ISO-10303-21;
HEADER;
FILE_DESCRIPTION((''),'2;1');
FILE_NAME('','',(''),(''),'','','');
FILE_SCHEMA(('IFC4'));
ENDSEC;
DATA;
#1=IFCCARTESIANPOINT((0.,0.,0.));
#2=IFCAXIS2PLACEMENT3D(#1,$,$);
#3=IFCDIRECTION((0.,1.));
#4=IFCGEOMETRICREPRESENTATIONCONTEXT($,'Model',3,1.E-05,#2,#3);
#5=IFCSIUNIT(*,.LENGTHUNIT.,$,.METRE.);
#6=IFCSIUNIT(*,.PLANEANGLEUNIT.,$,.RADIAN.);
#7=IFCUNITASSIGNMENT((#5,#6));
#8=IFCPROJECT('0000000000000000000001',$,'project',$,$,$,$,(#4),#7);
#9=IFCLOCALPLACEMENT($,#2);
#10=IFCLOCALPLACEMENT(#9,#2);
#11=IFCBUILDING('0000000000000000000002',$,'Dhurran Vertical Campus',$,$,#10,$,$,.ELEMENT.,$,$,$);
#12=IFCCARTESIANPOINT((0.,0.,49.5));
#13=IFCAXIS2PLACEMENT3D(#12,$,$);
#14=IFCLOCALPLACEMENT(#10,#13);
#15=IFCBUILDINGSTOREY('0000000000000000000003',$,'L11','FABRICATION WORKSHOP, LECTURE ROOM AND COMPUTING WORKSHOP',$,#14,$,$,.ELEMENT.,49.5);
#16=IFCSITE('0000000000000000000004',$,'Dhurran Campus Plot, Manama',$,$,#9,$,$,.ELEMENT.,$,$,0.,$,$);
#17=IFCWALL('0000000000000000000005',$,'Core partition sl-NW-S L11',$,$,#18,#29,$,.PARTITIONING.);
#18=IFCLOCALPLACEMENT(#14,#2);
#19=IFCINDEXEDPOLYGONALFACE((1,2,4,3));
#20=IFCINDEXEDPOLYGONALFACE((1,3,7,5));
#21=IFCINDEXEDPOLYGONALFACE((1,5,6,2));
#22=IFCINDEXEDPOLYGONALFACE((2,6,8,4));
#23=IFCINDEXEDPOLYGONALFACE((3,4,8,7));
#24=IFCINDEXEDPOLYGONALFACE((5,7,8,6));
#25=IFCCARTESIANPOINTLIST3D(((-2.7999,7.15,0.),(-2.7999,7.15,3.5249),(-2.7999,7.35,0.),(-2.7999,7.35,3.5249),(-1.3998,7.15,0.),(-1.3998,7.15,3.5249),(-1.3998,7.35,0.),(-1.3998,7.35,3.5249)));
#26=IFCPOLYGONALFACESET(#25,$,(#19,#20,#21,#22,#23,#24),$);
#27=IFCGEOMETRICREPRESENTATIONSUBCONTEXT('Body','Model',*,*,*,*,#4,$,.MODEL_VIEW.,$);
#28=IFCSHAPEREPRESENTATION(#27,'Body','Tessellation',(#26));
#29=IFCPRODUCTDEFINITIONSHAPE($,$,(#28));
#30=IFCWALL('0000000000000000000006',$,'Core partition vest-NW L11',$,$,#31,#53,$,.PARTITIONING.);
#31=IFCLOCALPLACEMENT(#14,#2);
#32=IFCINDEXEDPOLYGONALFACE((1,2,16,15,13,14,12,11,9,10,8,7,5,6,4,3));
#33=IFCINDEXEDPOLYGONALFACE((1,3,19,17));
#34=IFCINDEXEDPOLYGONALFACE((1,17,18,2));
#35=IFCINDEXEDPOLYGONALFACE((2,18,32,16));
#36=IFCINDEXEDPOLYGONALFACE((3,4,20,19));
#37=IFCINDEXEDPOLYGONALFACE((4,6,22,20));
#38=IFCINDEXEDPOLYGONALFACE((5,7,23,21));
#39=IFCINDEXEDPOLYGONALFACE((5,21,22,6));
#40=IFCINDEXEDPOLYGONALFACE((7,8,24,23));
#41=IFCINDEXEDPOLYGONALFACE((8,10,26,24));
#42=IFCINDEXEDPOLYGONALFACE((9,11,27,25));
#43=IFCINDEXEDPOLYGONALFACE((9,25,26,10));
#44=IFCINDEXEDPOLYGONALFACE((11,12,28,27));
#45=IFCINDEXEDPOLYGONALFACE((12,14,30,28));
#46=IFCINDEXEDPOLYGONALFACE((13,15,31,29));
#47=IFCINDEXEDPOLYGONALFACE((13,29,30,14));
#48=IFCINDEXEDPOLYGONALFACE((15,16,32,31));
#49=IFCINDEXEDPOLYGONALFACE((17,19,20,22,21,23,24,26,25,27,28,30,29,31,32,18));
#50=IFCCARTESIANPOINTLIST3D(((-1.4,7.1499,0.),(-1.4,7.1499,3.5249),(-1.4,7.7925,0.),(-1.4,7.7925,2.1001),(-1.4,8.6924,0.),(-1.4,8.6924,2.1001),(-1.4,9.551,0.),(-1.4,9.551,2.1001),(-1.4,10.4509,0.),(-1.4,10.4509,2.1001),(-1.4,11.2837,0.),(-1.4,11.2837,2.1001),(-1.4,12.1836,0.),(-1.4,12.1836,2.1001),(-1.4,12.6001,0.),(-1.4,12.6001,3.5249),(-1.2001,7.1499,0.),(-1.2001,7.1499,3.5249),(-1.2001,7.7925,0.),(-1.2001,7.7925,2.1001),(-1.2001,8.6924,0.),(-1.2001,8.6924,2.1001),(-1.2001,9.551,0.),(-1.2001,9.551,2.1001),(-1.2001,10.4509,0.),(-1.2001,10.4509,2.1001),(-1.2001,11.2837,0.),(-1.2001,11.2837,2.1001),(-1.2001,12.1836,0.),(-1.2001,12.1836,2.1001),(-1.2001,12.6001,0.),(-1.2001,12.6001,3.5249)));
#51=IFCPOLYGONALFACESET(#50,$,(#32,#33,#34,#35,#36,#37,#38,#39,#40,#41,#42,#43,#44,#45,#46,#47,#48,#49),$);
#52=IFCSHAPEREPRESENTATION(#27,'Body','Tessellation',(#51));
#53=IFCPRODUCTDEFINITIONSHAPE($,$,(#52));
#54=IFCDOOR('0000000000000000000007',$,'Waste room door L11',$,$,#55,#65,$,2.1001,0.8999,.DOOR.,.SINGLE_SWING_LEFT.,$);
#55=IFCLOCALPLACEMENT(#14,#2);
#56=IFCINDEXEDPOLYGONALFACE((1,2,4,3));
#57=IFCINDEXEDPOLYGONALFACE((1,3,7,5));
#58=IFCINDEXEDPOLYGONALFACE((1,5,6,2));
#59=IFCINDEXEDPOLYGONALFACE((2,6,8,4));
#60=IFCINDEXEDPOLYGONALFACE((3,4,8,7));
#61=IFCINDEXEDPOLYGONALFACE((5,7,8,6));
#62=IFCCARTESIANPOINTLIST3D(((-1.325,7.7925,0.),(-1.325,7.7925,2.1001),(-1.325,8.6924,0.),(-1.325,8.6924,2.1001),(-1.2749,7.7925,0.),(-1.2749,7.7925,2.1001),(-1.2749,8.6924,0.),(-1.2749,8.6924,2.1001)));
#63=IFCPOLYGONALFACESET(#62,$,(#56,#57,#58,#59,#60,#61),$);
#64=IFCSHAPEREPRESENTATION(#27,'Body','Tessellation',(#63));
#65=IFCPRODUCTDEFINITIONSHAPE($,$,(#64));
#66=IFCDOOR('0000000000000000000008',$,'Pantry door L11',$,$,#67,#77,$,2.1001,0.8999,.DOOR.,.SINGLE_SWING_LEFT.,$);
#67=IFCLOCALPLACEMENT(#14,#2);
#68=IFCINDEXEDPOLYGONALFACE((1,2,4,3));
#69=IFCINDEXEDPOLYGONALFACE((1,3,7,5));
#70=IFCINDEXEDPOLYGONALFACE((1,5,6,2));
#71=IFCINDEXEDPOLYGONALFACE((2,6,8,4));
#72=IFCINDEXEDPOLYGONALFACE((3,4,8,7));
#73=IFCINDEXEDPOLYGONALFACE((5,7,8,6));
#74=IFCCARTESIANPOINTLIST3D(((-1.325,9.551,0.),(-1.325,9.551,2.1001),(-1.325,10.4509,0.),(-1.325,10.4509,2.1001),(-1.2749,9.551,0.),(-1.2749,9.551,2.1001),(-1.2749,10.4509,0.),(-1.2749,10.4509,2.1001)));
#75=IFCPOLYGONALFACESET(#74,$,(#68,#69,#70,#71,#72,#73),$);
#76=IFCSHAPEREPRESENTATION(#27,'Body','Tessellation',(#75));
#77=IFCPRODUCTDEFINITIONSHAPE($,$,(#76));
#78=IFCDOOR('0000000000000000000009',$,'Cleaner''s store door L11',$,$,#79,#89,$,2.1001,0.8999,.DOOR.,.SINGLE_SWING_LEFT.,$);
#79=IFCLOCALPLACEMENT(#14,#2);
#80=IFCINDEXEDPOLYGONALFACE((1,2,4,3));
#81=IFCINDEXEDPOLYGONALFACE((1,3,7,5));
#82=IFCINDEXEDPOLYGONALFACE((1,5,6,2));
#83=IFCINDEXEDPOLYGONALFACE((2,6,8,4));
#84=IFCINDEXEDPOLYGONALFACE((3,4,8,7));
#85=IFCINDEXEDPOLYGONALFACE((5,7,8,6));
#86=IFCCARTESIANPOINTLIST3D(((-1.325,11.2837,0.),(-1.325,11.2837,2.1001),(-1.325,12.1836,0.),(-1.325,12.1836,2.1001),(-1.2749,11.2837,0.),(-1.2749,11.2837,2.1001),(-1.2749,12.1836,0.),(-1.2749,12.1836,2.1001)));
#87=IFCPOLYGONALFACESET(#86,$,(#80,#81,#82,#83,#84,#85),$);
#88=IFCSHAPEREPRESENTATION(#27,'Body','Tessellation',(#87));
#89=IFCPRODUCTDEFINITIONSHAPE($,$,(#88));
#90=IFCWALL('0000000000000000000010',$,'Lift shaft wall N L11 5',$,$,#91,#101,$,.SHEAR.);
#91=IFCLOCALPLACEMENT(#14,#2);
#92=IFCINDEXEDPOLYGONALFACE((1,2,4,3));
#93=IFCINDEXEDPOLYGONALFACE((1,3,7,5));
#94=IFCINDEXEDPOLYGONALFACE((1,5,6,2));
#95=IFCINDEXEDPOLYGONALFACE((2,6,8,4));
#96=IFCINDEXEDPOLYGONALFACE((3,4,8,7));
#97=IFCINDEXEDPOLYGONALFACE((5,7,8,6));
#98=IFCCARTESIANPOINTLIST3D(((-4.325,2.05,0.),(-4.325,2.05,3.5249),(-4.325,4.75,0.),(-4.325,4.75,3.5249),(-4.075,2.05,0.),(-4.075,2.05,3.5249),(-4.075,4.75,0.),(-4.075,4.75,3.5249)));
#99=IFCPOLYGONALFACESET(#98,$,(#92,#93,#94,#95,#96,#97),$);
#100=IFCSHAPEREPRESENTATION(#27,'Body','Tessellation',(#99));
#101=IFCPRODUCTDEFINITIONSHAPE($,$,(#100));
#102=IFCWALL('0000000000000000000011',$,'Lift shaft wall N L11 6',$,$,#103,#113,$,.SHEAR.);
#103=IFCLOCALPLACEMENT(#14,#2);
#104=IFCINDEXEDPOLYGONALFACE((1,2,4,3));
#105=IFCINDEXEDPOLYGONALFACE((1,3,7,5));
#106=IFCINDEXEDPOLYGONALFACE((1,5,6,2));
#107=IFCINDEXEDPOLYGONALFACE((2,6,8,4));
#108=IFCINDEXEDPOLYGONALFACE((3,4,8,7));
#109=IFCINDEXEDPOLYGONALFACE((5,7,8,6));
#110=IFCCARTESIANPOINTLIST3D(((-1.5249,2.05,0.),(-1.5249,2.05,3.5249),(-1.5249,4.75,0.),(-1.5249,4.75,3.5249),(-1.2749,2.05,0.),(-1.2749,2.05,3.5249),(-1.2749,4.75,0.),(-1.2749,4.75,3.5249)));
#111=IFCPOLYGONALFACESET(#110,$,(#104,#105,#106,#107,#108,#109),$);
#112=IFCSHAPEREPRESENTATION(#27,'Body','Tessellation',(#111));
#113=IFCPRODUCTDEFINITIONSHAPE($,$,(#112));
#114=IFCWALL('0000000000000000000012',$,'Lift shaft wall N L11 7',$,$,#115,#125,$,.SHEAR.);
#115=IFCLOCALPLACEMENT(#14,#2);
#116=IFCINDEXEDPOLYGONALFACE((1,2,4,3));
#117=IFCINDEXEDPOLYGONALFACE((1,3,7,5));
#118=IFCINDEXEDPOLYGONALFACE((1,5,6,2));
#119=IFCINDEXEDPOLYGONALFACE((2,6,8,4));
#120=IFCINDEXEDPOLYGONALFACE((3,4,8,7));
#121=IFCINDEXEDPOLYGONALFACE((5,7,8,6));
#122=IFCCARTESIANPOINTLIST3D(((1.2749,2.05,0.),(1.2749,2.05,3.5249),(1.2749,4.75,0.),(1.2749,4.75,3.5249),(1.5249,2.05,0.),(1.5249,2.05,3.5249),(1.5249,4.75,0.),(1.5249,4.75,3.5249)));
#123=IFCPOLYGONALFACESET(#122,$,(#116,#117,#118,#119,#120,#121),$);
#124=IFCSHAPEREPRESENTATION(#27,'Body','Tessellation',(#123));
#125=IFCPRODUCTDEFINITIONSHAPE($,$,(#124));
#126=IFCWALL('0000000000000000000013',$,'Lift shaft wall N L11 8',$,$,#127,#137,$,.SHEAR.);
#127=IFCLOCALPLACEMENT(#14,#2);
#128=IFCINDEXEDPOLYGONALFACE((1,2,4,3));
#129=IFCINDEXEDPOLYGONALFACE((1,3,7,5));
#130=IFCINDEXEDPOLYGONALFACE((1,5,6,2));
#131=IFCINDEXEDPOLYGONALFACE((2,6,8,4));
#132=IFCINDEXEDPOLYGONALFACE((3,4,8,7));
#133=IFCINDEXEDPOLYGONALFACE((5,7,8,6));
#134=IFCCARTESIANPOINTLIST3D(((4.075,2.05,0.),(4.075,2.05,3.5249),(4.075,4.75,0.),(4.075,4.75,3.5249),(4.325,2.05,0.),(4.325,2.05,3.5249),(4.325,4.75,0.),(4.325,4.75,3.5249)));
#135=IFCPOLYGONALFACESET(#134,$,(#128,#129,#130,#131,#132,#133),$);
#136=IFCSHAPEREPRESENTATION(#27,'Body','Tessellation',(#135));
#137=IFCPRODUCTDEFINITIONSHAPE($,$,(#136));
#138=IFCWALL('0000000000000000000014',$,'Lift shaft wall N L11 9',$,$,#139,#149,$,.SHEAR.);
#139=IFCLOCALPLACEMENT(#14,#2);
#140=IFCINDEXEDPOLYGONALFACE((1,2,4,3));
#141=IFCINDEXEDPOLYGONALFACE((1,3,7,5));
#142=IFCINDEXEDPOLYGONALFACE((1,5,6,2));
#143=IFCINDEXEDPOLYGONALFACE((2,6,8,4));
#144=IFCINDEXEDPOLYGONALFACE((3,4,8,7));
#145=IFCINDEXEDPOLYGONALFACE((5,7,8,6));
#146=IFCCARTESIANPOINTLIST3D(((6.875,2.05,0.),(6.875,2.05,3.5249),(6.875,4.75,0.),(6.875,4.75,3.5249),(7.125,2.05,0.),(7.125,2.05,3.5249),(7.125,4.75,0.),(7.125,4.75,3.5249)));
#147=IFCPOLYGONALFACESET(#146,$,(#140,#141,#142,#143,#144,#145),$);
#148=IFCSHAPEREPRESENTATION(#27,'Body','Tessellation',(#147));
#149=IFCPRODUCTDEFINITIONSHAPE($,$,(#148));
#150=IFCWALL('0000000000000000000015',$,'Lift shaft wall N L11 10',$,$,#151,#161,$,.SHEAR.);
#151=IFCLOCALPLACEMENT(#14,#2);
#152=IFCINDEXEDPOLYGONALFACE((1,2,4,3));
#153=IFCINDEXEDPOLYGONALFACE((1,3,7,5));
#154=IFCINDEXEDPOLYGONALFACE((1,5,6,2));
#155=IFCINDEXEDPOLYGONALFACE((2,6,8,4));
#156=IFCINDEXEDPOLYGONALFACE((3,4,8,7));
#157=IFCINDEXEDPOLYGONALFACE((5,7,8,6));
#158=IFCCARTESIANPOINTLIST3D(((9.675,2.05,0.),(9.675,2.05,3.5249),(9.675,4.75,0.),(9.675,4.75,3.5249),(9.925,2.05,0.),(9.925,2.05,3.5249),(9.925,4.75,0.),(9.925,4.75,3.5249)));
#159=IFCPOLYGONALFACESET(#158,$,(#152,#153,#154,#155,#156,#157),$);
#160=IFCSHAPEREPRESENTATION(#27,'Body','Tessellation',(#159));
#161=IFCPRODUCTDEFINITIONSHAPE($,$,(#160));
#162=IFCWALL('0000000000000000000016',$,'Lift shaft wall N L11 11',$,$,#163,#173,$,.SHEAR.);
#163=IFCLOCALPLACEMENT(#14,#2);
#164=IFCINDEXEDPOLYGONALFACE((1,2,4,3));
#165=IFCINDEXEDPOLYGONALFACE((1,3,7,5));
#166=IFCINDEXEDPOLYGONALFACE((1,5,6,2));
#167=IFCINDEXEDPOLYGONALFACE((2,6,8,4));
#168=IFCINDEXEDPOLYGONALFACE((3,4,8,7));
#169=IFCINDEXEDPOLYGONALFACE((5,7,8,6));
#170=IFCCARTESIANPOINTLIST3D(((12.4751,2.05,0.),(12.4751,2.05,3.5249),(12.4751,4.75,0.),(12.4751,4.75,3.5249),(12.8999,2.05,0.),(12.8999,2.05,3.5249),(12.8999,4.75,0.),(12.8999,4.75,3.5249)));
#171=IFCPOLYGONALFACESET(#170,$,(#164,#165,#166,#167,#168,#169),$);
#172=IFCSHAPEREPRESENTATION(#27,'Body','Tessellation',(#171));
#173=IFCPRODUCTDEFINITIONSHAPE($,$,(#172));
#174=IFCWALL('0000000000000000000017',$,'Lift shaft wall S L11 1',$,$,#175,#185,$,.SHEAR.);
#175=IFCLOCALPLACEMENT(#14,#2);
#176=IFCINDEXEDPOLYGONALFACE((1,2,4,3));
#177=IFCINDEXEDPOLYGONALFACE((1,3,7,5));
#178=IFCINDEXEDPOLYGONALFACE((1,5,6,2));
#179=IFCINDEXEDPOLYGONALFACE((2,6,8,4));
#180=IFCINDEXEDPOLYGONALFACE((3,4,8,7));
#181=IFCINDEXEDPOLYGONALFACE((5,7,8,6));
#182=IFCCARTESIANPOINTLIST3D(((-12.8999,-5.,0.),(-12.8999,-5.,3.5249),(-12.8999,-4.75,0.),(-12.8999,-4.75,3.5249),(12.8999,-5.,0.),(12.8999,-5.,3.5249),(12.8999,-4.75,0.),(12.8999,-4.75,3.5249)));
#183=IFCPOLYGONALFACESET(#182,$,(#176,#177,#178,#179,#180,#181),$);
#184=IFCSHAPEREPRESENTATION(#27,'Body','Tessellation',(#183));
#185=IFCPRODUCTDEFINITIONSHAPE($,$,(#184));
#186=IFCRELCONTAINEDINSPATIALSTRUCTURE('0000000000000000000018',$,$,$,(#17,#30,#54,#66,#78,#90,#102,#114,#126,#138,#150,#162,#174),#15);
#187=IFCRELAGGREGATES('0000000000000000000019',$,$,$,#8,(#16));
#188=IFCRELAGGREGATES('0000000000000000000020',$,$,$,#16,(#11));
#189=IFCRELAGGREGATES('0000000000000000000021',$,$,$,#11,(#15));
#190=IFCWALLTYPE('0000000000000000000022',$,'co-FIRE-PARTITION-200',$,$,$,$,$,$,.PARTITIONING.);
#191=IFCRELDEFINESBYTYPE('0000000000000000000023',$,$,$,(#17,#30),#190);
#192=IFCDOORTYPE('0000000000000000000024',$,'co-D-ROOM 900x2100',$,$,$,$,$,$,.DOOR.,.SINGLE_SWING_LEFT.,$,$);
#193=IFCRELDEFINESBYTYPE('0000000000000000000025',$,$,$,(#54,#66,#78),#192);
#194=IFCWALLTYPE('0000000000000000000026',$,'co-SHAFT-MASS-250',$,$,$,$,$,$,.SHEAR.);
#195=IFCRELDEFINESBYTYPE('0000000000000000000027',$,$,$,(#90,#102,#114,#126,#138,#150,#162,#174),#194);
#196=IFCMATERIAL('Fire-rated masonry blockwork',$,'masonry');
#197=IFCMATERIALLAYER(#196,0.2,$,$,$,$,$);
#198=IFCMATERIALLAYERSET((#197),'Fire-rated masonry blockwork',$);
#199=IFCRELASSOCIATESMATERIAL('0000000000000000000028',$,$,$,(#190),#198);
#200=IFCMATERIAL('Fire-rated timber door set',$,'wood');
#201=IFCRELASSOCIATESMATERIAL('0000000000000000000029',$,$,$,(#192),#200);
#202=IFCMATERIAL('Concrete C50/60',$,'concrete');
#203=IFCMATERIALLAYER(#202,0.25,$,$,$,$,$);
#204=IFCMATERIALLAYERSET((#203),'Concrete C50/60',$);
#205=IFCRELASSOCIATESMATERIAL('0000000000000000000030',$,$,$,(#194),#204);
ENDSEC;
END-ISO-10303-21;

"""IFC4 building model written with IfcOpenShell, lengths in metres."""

from ifc_helpers import new_model, si_unit, direction, frame, frame_2d, origin, place, context, subcontext, project, spatial, polyline, rectangle, outline, extrude, material, layer, layer_set, type_object, element, fill, save


model = new_model("IFC4")

# Units and contexts
model_context = context("Model", 3, precision=1e-05, world=origin(), true_north=direction((0.0, 1.0)))
body_context = subcontext(model_context, "Body", "Model", "MODEL_VIEW")
ifc_project = project(units=[si_unit("LENGTHUNIT", "METRE"), si_unit("PLANEANGLEUNIT", "RADIAN")], contexts=[model_context])

# Site, building, storey
site_placement = place(None, origin())
site = spatial("IfcSite", under=ifc_project, at=site_placement, Name="Dhurran Campus Plot, Manama", CompositionType="ELEMENT", RefElevation=0.0)
building_placement = place(site_placement, origin())
building = spatial("IfcBuilding", under=site, at=building_placement, Name="Dhurran Vertical Campus", CompositionType="ELEMENT")
storey_placement = place(building_placement, frame((0.0, 0.0, 49.5)))
storey = spatial("IfcBuildingStorey", under=building, at=storey_placement, Name="L11", Description="FABRICATION WORKSHOP, LECTURE ROOM AND COMPUTING WORKSHOP", CompositionType="ELEMENT", Elevation=49.5)

# Wall
ifc_material_1 = material(Name="Fire-rated masonry blockwork", Category="masonry")
ifc_layer_1 = layer(ifc_material_1, 0.2)
ifc_layer_set_1 = layer_set([ifc_layer_1], Name="Fire-rated masonry blockwork")
wall_type_1 = type_object("IfcWallType", Name="co-FIRE-PARTITION-200", PredefinedType="PARTITIONING", material=ifc_layer_set_1)
wall_1_placement = place(storey_placement, frame((-2.8, 7.25, 0.0), z_axis=(0.0, 0.0, 1.0), x_axis=(1.0, 0.0, 0.0)))
element("IfcWall", 1, at=wall_1_placement, inside=storey, type_object=wall_type_1, Name="Core partition sl-NW-S L11", PredefinedType="PARTITIONING", context=body_context, shape_type="SweptSolid", body=[
    extrude(rectangle(XDim=1.4001, YDim=0.2, at=frame_2d((0.7002, 0.0))), origin(), (0.0, 0.0, 1.0), 3.5249),
])

# Wall, openings, doors
wall_2_placement = place(storey_placement, frame((-1.3, 7.1499, 0.0), z_axis=(0.0, 0.0, 1.0), x_axis=(0.0, 1.0, 0.0)))
wall_2 = element("IfcWall", 2, at=wall_2_placement, inside=storey, type_object=wall_type_1, Name="Core partition vest-NW L11", PredefinedType="PARTITIONING", context=body_context, shape_type="SweptSolid", body=[
    extrude(rectangle(XDim=5.4502, YDim=0.2, at=frame_2d((2.7251, 0.0))), origin(), (0.0, 0.0, 1.0), 3.5249),
])
opening_1_placement = place(wall_2_placement, frame((0.6426, 0.0, 0.0)))
opening_1 = element("IfcOpeningElement", 3, at=opening_1_placement, cuts=wall_2, PredefinedType="OPENING", context=body_context, shape_type="SweptSolid", body=[
    extrude(rectangle(XDim=0.8999, YDim=2.1001, at=frame_2d((0.45, 1.05))), frame((0.0, 0.1099, 0.0), z_axis=(0.0, -1.0, 0.0), x_axis=(1.0, 0.0, 0.0)), (0.0, 0.0, 1.0), 0.22),
])
opening_2_placement = place(wall_2_placement, frame((2.4011, 0.0, 0.0)))
opening_2 = element("IfcOpeningElement", 4, at=opening_2_placement, cuts=wall_2, PredefinedType="OPENING", context=body_context, shape_type="SweptSolid", body=[
    extrude(rectangle(XDim=0.8999, YDim=2.1001, at=frame_2d((0.45, 1.05))), frame((0.0, 0.1099, 0.0), z_axis=(0.0, -1.0, 0.0), x_axis=(1.0, 0.0, 0.0)), (0.0, 0.0, 1.0), 0.22),
])
opening_3_placement = place(wall_2_placement, frame((4.1338, 0.0, 0.0)))
opening_3 = element("IfcOpeningElement", 5, at=opening_3_placement, cuts=wall_2, PredefinedType="OPENING", context=body_context, shape_type="SweptSolid", body=[
    extrude(rectangle(XDim=0.8999, YDim=2.1001, at=frame_2d((0.45, 1.05))), frame((0.0, 0.1099, 0.0), z_axis=(0.0, -1.0, 0.0), x_axis=(1.0, 0.0, 0.0)), (0.0, 0.0, 1.0), 0.22),
])
ifc_material_2 = material(Name="Fire-rated timber door set", Category="wood")
door_type_1 = type_object("IfcDoorType", Name="co-D-ROOM 900x2100", OperationType="SINGLE_SWING_LEFT", PredefinedType="DOOR", material=ifc_material_2)
door_1_placement = place(opening_1_placement, origin())
door_1 = element("IfcDoor", 6, at=door_1_placement, inside=storey, type_object=door_type_1, Name="Waste room door L11", OperationType="SINGLE_SWING_LEFT", OverallHeight=2.1001, OverallWidth=0.8999, PredefinedType="DOOR", context=body_context, shape_type="SweptSolid", body=[
    extrude(rectangle(XDim=0.8999, YDim=2.1001, at=frame_2d((0.45, 1.05))), frame((0.0, 0.0249, 0.0), z_axis=(0.0, -1.0, 0.0), x_axis=(1.0, 0.0, 0.0)), (0.0, 0.0, 1.0), 0.05),
])
fill(opening_1, door_1)
door_2_placement = place(opening_2_placement, origin())
door_2 = element("IfcDoor", 7, at=door_2_placement, inside=storey, type_object=door_type_1, Name="Pantry door L11", OperationType="SINGLE_SWING_LEFT", OverallHeight=2.1001, OverallWidth=0.8999, PredefinedType="DOOR", context=body_context, shape_type="SweptSolid", body=[
    extrude(rectangle(XDim=0.8999, YDim=2.1001, at=frame_2d((0.45, 1.05))), frame((0.0, 0.0249, 0.0), z_axis=(0.0, -1.0, 0.0), x_axis=(1.0, 0.0, 0.0)), (0.0, 0.0, 1.0), 0.05),
])
fill(opening_2, door_2)
door_3_placement = place(opening_3_placement, origin())
door_3 = element("IfcDoor", 8, at=door_3_placement, inside=storey, type_object=door_type_1, Name="Cleaner's store door L11", OperationType="SINGLE_SWING_LEFT", OverallHeight=2.1001, OverallWidth=0.8999, PredefinedType="DOOR", context=body_context, shape_type="SweptSolid", body=[
    extrude(rectangle(XDim=0.8999, YDim=2.1001, at=frame_2d((0.45, 1.05))), frame((0.0, 0.0249, 0.0), z_axis=(0.0, -1.0, 0.0), x_axis=(1.0, 0.0, 0.0)), (0.0, 0.0, 1.0), 0.05),
])
fill(opening_3, door_3)

# Walls
ifc_material_3 = material(Name="Concrete C50/60", Category="concrete")
ifc_layer_2 = layer(ifc_material_3, 0.25)
ifc_layer_set_2 = layer_set([ifc_layer_2], Name="Concrete C50/60")
wall_type_2 = type_object("IfcWallType", Name="co-SHAFT-MASS-250", PredefinedType="SHEAR", material=ifc_layer_set_2)
wall_3_placement = place(storey_placement, origin())
element("IfcWall", 9, at=wall_3_placement, inside=storey, type_object=wall_type_2, Name="Lift shaft wall N L11 5", PredefinedType="SHEAR", context=body_context, shape_type="SweptSolid", body=[
    extrude(outline(polyline([(-4.325, 2.05), (-4.075, 2.05), (-4.075, 4.75), (-4.325, 4.75), (-4.325, 2.05)])), origin(), (0.0, 0.0, 1.0), 3.5249),
])
wall_4_placement = place(storey_placement, origin())
element("IfcWall", 10, at=wall_4_placement, inside=storey, type_object=wall_type_2, Name="Lift shaft wall N L11 6", PredefinedType="SHEAR", context=body_context, shape_type="SweptSolid", body=[
    extrude(outline(polyline([(-1.5249, 2.05), (-1.2749, 2.05), (-1.2749, 4.75), (-1.5249, 4.75), (-1.5249, 2.05)])), origin(), (0.0, 0.0, 1.0), 3.5249),
])
wall_5_placement = place(storey_placement, origin())
element("IfcWall", 11, at=wall_5_placement, inside=storey, type_object=wall_type_2, Name="Lift shaft wall N L11 7", PredefinedType="SHEAR", context=body_context, shape_type="SweptSolid", body=[
    extrude(outline(polyline([(1.2749, 2.05), (1.5249, 2.05), (1.5249, 4.75), (1.2749, 4.75), (1.2749, 2.05)])), origin(), (0.0, 0.0, 1.0), 3.5249),
])
wall_6_placement = place(storey_placement, origin())
element("IfcWall", 12, at=wall_6_placement, inside=storey, type_object=wall_type_2, Name="Lift shaft wall N L11 8", PredefinedType="SHEAR", context=body_context, shape_type="SweptSolid", body=[
    extrude(outline(polyline([(4.075, 2.05), (4.325, 2.05), (4.325, 4.75), (4.075, 4.75), (4.075, 2.05)])), origin(), (0.0, 0.0, 1.0), 3.5249),
])
wall_7_placement = place(storey_placement, origin())
element("IfcWall", 13, at=wall_7_placement, inside=storey, type_object=wall_type_2, Name="Lift shaft wall N L11 9", PredefinedType="SHEAR", context=body_context, shape_type="SweptSolid", body=[
    extrude(outline(polyline([(6.875, 2.05), (7.125, 2.05), (7.125, 4.75), (6.875, 4.75), (6.875, 2.05)])), origin(), (0.0, 0.0, 1.0), 3.5249),
])
wall_8_placement = place(storey_placement, origin())
element("IfcWall", 14, at=wall_8_placement, inside=storey, type_object=wall_type_2, Name="Lift shaft wall N L11 10", PredefinedType="SHEAR", context=body_context, shape_type="SweptSolid", body=[
    extrude(outline(polyline([(9.675, 2.05), (9.925, 2.05), (9.925, 4.75), (9.675, 4.75), (9.675, 2.05)])), origin(), (0.0, 0.0, 1.0), 3.5249),
])
wall_9_placement = place(storey_placement, origin())
element("IfcWall", 15, at=wall_9_placement, inside=storey, type_object=wall_type_2, Name="Lift shaft wall N L11 11", PredefinedType="SHEAR", context=body_context, shape_type="SweptSolid", body=[
    extrude(outline(polyline([(12.4751, 2.05), (12.8999, 2.05), (12.8999, 4.75), (12.4751, 4.75), (12.4751, 2.05)])), origin(), (0.0, 0.0, 1.0), 3.5249),
])
wall_10_placement = place(storey_placement, origin())
element("IfcWall", 16, at=wall_10_placement, inside=storey, type_object=wall_type_2, Name="Lift shaft wall S L11 1", PredefinedType="SHEAR", context=body_context, shape_type="SweptSolid", body=[
    extrude(outline(polyline([(-12.8999, -5.0), (12.8999, -5.0), (12.8999, -4.75), (-12.8999, -4.75), (-12.8999, -5.0)])), origin(), (0.0, 0.0, 1.0), 3.5249),
])

save(model, "model.ifc")
